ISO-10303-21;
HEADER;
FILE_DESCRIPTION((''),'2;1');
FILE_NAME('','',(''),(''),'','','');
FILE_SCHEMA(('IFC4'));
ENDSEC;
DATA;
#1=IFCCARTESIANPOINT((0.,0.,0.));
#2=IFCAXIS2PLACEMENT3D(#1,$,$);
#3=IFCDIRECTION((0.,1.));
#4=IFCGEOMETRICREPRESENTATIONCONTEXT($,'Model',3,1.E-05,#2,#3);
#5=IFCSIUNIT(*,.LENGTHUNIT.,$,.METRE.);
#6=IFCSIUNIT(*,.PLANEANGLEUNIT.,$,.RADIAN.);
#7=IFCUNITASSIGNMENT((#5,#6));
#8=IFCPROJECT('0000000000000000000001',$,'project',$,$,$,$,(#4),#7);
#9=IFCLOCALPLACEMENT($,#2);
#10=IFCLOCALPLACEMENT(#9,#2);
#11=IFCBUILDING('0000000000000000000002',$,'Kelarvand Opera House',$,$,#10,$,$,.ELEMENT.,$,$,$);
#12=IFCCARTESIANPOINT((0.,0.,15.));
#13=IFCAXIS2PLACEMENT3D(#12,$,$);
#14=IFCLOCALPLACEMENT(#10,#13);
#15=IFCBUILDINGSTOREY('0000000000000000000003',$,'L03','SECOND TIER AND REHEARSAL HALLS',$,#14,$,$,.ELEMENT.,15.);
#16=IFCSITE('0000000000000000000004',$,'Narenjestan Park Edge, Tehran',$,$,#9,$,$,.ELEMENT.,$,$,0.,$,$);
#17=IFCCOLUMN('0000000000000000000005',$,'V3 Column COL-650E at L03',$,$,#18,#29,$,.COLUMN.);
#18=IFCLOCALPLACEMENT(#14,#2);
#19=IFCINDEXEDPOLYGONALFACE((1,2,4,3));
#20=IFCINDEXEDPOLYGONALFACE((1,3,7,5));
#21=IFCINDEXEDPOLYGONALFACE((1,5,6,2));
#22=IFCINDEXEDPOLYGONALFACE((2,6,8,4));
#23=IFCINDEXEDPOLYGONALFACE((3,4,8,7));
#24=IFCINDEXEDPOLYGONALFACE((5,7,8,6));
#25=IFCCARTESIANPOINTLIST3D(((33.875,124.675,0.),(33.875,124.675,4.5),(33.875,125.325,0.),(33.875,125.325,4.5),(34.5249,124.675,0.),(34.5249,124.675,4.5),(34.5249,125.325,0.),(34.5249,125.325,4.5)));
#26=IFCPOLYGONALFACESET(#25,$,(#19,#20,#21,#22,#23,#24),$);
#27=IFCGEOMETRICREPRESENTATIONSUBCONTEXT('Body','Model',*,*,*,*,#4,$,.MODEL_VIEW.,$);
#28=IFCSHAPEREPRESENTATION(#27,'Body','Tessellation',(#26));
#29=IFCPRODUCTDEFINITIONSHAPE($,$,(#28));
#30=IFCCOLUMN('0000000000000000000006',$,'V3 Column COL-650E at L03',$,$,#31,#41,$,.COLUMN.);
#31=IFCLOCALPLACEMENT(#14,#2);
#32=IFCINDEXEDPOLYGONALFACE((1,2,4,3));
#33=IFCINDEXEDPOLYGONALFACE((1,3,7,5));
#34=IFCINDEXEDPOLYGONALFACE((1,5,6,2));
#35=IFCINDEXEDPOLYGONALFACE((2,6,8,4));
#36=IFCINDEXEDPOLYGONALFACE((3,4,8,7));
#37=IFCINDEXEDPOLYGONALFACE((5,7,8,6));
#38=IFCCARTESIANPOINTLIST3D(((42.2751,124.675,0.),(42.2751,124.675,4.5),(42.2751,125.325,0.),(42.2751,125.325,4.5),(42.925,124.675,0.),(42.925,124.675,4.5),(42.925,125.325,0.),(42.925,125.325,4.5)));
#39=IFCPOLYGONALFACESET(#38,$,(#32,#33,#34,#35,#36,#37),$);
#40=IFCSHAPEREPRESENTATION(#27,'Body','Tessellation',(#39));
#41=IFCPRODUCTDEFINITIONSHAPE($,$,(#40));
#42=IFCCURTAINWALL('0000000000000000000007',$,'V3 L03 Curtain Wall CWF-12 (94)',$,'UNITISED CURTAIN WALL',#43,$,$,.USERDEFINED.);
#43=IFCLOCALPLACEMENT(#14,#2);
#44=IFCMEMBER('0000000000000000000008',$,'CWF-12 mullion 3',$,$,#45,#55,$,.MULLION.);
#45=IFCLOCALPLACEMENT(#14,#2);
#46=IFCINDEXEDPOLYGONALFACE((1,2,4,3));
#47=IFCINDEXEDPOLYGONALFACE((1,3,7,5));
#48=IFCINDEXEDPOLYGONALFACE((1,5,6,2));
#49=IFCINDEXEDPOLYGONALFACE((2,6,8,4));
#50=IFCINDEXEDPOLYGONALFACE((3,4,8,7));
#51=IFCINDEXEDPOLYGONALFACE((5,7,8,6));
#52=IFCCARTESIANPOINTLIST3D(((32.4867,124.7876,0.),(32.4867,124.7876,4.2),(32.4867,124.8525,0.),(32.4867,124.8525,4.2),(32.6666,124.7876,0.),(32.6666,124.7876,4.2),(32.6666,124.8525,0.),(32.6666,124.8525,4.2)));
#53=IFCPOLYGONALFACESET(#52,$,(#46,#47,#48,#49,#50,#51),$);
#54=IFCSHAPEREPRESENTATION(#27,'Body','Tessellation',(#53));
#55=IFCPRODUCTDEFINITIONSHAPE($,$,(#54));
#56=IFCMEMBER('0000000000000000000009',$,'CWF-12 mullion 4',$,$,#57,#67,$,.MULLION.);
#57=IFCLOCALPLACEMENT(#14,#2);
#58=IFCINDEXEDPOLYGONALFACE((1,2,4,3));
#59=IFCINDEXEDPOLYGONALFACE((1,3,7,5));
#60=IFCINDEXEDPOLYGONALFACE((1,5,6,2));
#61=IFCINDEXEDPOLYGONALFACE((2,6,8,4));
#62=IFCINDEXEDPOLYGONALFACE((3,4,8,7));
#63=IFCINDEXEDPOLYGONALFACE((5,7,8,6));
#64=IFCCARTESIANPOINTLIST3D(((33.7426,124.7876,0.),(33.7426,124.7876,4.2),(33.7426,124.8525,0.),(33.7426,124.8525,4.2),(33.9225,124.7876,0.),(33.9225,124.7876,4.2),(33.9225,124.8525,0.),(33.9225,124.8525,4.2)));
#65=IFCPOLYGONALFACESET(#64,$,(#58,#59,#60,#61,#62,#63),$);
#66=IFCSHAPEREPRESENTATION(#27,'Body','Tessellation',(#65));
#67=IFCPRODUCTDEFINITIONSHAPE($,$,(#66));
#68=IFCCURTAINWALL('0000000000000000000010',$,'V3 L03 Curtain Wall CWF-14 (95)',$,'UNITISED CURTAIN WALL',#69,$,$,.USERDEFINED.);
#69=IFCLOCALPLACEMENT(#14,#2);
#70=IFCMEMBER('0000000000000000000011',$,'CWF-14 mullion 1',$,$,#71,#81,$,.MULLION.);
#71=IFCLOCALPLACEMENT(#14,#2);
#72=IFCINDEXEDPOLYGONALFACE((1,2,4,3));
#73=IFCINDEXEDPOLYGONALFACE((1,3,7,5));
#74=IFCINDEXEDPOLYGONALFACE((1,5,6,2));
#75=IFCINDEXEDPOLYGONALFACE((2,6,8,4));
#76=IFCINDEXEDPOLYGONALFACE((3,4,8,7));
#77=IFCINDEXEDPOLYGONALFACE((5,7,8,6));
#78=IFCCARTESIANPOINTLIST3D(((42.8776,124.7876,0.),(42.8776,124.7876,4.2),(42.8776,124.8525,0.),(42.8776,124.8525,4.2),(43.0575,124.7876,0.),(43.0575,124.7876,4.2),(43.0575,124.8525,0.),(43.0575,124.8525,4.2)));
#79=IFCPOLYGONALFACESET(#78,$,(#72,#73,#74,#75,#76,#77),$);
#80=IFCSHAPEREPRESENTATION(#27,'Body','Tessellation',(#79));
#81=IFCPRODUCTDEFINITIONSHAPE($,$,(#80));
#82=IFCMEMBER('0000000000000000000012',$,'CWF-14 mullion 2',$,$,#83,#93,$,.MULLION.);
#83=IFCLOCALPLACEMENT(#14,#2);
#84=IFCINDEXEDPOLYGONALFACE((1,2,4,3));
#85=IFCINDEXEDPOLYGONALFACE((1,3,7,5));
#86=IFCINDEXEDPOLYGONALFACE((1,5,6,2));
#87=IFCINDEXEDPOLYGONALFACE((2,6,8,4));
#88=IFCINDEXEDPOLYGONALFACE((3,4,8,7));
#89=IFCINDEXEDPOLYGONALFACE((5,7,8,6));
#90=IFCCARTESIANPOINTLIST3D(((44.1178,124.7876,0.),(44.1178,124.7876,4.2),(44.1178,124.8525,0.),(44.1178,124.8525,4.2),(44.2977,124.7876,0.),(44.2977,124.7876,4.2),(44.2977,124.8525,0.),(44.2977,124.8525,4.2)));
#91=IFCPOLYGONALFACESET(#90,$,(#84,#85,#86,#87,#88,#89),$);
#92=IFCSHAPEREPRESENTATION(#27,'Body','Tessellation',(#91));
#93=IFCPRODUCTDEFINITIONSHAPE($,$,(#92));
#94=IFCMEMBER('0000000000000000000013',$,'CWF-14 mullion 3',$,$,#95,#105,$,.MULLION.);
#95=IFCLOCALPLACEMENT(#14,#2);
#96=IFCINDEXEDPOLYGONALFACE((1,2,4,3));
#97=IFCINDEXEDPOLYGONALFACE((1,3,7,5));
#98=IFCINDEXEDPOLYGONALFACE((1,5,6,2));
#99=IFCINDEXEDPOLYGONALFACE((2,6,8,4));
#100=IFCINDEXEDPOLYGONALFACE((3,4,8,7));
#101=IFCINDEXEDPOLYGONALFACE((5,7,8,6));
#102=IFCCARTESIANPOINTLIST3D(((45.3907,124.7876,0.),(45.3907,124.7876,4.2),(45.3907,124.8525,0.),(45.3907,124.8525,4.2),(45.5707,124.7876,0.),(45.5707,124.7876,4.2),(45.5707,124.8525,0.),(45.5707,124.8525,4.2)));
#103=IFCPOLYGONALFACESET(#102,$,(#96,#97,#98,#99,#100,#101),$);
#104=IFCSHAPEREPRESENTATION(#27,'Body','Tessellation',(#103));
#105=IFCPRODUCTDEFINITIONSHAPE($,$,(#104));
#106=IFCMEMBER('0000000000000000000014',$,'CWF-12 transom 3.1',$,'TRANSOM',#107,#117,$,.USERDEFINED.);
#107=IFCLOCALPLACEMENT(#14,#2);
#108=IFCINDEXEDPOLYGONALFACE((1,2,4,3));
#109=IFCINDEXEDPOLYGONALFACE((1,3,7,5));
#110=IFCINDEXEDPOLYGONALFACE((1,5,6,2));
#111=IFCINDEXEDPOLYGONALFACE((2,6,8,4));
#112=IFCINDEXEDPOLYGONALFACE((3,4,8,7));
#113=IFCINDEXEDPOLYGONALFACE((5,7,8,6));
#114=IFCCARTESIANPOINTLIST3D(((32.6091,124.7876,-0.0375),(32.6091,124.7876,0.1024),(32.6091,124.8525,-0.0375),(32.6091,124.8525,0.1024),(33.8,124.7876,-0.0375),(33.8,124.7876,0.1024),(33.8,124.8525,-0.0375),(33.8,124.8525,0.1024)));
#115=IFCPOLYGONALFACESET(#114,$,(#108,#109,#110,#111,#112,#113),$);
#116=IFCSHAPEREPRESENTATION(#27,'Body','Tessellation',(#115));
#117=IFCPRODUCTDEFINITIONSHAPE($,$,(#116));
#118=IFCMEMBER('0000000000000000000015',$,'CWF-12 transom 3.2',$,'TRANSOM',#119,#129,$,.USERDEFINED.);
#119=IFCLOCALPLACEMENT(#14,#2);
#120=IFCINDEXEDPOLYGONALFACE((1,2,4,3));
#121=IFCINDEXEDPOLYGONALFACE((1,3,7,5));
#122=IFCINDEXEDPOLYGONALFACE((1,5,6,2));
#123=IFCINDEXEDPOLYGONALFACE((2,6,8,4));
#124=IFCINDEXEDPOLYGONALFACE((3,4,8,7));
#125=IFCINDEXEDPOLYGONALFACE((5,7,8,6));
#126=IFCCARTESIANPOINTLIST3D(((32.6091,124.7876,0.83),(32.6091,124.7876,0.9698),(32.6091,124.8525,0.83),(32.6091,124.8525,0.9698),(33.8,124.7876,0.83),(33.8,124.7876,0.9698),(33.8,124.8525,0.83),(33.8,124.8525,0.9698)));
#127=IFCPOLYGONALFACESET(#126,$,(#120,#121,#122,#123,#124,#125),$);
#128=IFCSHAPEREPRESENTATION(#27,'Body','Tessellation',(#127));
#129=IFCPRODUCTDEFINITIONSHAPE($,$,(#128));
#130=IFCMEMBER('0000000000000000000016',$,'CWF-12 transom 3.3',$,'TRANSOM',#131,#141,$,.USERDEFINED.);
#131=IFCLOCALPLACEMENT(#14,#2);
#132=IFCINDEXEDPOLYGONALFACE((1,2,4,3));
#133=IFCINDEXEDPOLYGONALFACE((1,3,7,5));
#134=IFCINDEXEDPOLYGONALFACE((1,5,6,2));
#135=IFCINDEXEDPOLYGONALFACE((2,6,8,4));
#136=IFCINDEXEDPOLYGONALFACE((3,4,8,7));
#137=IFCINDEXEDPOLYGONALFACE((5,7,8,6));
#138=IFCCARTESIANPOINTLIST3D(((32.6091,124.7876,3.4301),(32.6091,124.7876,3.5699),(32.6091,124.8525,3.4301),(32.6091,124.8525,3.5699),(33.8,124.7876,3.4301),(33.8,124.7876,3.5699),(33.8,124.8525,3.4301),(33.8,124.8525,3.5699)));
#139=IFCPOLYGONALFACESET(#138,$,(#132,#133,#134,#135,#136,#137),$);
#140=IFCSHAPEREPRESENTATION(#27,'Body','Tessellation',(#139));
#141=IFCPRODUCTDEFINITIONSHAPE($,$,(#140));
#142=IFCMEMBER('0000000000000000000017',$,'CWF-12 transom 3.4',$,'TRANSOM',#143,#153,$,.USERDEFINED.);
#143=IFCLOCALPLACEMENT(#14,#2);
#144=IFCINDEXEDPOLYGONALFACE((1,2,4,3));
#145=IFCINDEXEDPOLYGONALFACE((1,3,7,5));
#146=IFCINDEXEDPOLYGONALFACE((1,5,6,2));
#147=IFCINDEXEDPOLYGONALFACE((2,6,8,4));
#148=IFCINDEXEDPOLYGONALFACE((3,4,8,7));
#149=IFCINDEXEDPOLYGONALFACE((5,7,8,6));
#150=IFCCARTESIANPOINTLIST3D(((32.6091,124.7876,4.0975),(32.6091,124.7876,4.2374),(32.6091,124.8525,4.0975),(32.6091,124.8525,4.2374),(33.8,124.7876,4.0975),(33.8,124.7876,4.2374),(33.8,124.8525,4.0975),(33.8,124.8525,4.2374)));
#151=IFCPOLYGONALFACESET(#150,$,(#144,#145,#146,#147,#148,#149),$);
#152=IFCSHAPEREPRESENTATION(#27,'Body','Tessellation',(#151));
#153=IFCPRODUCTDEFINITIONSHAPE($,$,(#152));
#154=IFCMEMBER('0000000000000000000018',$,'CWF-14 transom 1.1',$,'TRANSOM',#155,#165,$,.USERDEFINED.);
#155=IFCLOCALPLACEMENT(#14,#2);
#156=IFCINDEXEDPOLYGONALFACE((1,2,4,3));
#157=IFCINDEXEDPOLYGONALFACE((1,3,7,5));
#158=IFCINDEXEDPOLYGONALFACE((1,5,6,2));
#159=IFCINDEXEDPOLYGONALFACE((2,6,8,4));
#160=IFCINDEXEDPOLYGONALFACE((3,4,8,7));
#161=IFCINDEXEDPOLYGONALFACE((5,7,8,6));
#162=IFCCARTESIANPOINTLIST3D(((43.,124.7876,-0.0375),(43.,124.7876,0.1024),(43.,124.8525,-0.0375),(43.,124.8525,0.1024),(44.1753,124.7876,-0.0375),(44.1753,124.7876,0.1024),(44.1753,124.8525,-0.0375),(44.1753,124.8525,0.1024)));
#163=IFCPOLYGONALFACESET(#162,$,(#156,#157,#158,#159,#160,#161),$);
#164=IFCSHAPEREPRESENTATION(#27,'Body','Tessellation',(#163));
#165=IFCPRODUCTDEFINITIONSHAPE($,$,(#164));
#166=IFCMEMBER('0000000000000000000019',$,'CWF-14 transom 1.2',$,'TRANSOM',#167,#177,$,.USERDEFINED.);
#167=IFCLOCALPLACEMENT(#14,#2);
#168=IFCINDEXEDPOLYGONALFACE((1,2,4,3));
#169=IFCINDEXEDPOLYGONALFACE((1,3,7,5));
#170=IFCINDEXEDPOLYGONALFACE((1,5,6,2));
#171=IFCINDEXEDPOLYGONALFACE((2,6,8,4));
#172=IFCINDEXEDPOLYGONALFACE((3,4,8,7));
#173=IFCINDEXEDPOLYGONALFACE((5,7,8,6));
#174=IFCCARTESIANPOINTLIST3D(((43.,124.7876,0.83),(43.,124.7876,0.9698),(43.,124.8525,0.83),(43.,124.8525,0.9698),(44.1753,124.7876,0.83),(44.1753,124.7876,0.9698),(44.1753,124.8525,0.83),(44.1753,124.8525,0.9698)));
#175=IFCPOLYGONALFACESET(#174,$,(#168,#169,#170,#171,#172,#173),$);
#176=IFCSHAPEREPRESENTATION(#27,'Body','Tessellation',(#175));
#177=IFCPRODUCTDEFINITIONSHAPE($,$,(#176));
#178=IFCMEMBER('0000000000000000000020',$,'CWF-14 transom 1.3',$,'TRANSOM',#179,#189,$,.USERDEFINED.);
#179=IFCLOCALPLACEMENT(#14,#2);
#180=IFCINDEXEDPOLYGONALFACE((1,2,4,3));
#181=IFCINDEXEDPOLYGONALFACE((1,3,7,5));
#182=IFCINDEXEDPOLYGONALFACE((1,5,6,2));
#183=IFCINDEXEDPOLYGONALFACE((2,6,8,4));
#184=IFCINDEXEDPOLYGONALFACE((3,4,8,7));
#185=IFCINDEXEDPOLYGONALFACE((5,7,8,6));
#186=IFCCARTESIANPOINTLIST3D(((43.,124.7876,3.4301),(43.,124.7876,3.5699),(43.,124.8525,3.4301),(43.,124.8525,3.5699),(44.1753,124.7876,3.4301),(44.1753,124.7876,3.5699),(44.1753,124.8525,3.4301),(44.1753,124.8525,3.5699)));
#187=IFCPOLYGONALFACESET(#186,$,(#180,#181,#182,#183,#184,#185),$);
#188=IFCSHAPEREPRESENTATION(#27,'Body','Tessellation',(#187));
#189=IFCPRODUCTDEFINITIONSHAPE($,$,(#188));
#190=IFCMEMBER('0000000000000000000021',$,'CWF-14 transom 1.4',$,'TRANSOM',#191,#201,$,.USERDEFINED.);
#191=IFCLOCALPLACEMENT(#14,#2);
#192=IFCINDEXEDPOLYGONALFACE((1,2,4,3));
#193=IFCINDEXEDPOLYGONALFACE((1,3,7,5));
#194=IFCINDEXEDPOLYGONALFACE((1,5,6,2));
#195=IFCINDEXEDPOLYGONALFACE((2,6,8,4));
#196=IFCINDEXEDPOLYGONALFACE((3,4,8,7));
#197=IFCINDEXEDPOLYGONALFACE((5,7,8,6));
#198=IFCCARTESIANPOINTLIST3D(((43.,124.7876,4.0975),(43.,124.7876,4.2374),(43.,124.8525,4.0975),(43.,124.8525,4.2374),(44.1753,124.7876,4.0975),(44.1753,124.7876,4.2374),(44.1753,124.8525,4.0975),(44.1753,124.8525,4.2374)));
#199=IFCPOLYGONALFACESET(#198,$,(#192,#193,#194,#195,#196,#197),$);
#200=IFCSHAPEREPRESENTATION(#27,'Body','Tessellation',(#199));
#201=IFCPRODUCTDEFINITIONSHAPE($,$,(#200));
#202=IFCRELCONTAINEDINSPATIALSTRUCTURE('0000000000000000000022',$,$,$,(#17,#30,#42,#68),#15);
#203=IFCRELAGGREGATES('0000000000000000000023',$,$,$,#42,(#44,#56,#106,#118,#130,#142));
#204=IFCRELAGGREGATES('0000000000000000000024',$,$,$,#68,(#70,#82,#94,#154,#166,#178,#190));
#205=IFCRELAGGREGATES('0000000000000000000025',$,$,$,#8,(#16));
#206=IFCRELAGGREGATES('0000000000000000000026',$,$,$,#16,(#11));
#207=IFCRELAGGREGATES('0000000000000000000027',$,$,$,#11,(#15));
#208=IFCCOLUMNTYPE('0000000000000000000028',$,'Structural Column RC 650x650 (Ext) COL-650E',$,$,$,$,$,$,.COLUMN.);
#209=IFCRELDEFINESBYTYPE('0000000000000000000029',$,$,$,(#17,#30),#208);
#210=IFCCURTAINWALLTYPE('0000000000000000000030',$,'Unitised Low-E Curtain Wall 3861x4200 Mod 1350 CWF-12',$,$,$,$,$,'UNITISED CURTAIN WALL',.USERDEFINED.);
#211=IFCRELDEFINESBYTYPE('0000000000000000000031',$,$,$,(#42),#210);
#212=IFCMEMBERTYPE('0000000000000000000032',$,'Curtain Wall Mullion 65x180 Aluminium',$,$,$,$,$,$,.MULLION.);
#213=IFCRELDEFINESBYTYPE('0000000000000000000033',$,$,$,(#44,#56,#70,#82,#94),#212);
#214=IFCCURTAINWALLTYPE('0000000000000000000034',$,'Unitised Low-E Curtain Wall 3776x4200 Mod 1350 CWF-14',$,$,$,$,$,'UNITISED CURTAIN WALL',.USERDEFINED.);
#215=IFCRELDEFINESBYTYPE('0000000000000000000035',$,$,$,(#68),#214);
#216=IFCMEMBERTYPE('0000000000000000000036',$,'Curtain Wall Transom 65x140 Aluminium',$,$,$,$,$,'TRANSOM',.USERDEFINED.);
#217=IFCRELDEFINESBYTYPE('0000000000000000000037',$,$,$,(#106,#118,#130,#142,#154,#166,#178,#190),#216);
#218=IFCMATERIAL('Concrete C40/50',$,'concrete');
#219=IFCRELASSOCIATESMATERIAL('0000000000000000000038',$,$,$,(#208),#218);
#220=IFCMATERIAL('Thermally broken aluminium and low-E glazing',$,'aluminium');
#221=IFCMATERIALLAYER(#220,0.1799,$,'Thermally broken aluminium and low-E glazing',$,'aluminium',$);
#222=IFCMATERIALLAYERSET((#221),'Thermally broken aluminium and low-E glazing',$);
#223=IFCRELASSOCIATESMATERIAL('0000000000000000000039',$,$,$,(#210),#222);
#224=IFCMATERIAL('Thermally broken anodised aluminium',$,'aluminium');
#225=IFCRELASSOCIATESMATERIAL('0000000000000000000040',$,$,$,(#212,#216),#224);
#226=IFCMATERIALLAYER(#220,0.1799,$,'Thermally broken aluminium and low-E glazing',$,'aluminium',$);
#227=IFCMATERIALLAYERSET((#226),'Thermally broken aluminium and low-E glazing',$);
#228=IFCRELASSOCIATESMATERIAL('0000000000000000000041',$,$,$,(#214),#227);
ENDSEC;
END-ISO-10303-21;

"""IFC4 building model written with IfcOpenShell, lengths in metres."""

from ifc_helpers import new_model, si_unit, direction, frame, origin, origin_2d, place, context, subcontext, project, spatial, rectangle, extrude, material, layer, layer_set, material_profile, profile_set, type_object, element, aggregate, save


model = new_model("IFC4")

# Units and contexts
model_context = context("Model", 3, precision=1e-05, world=origin(), true_north=direction((0.0, 1.0)))
body_context = subcontext(model_context, "Body", "Model", "MODEL_VIEW")
ifc_project = project(units=[si_unit("LENGTHUNIT", "METRE"), si_unit("PLANEANGLEUNIT", "RADIAN")], contexts=[model_context])

# Site, building, storey
site_placement = place(None, origin())
site = spatial("IfcSite", under=ifc_project, at=site_placement, Name="Narenjestan Park Edge, Tehran", CompositionType="ELEMENT", RefElevation=0.0)
building_placement = place(site_placement, origin())
building = spatial("IfcBuilding", under=site, at=building_placement, Name="Kelarvand Opera House", CompositionType="ELEMENT")
storey_placement = place(building_placement, frame((0.0, 0.0, 15.0)))
storey = spatial("IfcBuildingStorey", under=building, at=storey_placement, Name="L03", Description="SECOND TIER AND REHEARSAL HALLS", CompositionType="ELEMENT", Elevation=15.0)

# Columns
ifc_material_1 = material(Name="Concrete C40/50", Category="concrete")
ifc_material_profile_1 = material_profile(ifc_material_1, rectangle(XDim=0.6499, YDim=0.6499, at=origin_2d()), Name="RC 650x650", Category="concrete")
ifc_profile_set_1 = profile_set([ifc_material_profile_1], Name="Concrete C40/50")
column_type = type_object("IfcColumnType", Name="Structural Column RC 650x650 (Ext) COL-650E", PredefinedType="COLUMN", material=ifc_profile_set_1)
for number, where, z_axis, x_axis, name in (
    (1, (34.2, 125.0, 0.0), (0.0, 0.0, 1.0), (1.0, 0.0, 0.0), "V3 Column COL-650E at L03"),
    (2, (42.6001, 125.0, 0.0), (0.0, 0.0, 1.0), (1.0, 0.0, 0.0), "V3 Column COL-650E at L03"),
):
    element("IfcColumn", number, at=place(storey_placement, frame(where, z_axis=z_axis, x_axis=x_axis)), inside=storey, type_object=column_type, Name=name, PredefinedType="COLUMN", context=body_context, shape_type="SweptSolid", body=[
        extrude(rectangle(XDim=0.6499, YDim=0.6499, at=origin_2d()), origin(), (0.0, 0.0, 1.0), 4.5),
    ])

# Curtain walls, members
ifc_material_2 = material(Name="Thermally broken aluminium and low-E glazing", Category="aluminium")
ifc_layer_1 = layer(ifc_material_2, 0.1799, Name="Thermally broken aluminium and low-E glazing", Category="aluminium")
ifc_layer_set_1 = layer_set([ifc_layer_1], Name="Thermally broken aluminium and low-E glazing")
curtain_wall_type_1 = type_object("IfcCurtainWallType", Name="Unitised Low-E Curtain Wall 3861x4200 Mod 1350 CWF-12", ElementType="UNITISED CURTAIN WALL", PredefinedType="USERDEFINED", material=ifc_layer_set_1)
curtain_wall_1_placement = place(storey_placement, origin())
curtain_wall_1 = element("IfcCurtainWall", 3, at=curtain_wall_1_placement, inside=storey, type_object=curtain_wall_type_1, Name="V3 L03 Curtain Wall CWF-12 (94)", ObjectType="UNITISED CURTAIN WALL", PredefinedType="USERDEFINED")
ifc_material_3 = material(Name="Thermally broken anodised aluminium", Category="aluminium")
ifc_material_profile_2 = material_profile(ifc_material_3, rectangle(XDim=0.0649, YDim=0.1799, at=origin_2d()), Name="ALU MULLION 65x180", Category="aluminium")
ifc_profile_set_2 = profile_set([ifc_material_profile_2], Name="Thermally broken anodised aluminium")
member_type_1 = type_object("IfcMemberType", Name="Curtain Wall Mullion 65x180 Aluminium", PredefinedType="MULLION", material=ifc_profile_set_2)
member_1_placement = place(storey_placement, frame((32.5767, 124.8201, 0.0), z_axis=(0.0, 0.0, 1.0), x_axis=(0.0, 1.0, 0.0)))
member_1 = element("IfcMember", 4, at=member_1_placement, type_object=member_type_1, Name="CWF-12 mullion 3", PredefinedType="MULLION", context=body_context, shape_type="SweptSolid", body=[
    extrude(rectangle(XDim=0.0649, YDim=0.1799, at=origin_2d()), origin(), (0.0, 0.0, 1.0), 4.2),
])
member_2_placement = place(storey_placement, frame((33.8325, 124.8201, 0.0), z_axis=(0.0, 0.0, 1.0), x_axis=(0.0, 1.0, 0.0)))
member_2 = element("IfcMember", 5, at=member_2_placement, type_object=member_type_1, Name="CWF-12 mullion 4", PredefinedType="MULLION", context=body_context, shape_type="SweptSolid", body=[
    extrude(rectangle(XDim=0.0649, YDim=0.1799, at=origin_2d()), origin(), (0.0, 0.0, 1.0), 4.2),
])
ifc_layer_2 = layer(ifc_material_2, 0.1799, Name="Thermally broken aluminium and low-E glazing", Category="aluminium")
ifc_layer_set_2 = layer_set([ifc_layer_2], Name="Thermally broken aluminium and low-E glazing")
curtain_wall_type_2 = type_object("IfcCurtainWallType", Name="Unitised Low-E Curtain Wall 3776x4200 Mod 1350 CWF-14", ElementType="UNITISED CURTAIN WALL", PredefinedType="USERDEFINED", material=ifc_layer_set_2)
curtain_wall_2_placement = place(storey_placement, origin())
curtain_wall_2 = element("IfcCurtainWall", 6, at=curtain_wall_2_placement, inside=storey, type_object=curtain_wall_type_2, Name="V3 L03 Curtain Wall CWF-14 (95)", ObjectType="UNITISED CURTAIN WALL", PredefinedType="USERDEFINED")
member_3_placement = place(storey_placement, frame((42.9675, 124.8201, 0.0), z_axis=(0.0, 0.0, 1.0), x_axis=(0.0, 1.0, 0.0)))
member_3 = element("IfcMember", 7, at=member_3_placement, type_object=member_type_1, Name="CWF-14 mullion 1", PredefinedType="MULLION", context=body_context, shape_type="SweptSolid", body=[
    extrude(rectangle(XDim=0.0649, YDim=0.1799, at=origin_2d()), origin(), (0.0, 0.0, 1.0), 4.2),
])
member_4_placement = place(storey_placement, frame((44.2078, 124.8201, 0.0), z_axis=(0.0, 0.0, 1.0), x_axis=(0.0, 1.0, 0.0)))
member_4 = element("IfcMember", 8, at=member_4_placement, type_object=member_type_1, Name="CWF-14 mullion 2", PredefinedType="MULLION", context=body_context, shape_type="SweptSolid", body=[
    extrude(rectangle(XDim=0.0649, YDim=0.1799, at=origin_2d()), origin(), (0.0, 0.0, 1.0), 4.2),
])
member_5_placement = place(storey_placement, frame((45.4807, 124.8201, 0.0), z_axis=(0.0, 0.0, 1.0), x_axis=(0.0, 1.0, 0.0)))
member_5 = element("IfcMember", 9, at=member_5_placement, type_object=member_type_1, Name="CWF-14 mullion 3", PredefinedType="MULLION", context=body_context, shape_type="SweptSolid", body=[
    extrude(rectangle(XDim=0.0649, YDim=0.1799, at=origin_2d()), origin(), (0.0, 0.0, 1.0), 4.2),
])

# Members
ifc_material_profile_3 = material_profile(ifc_material_3, rectangle(XDim=0.0649, YDim=0.1399, at=origin_2d()), Name="ALU TRANSOM 65x140", Category="aluminium")
ifc_profile_set_3 = profile_set([ifc_material_profile_3], Name="Thermally broken anodised aluminium")
member_type_2 = type_object("IfcMemberType", Name="Curtain Wall Transom 65x140 Aluminium", ElementType="TRANSOM", PredefinedType="USERDEFINED", material=ifc_profile_set_3)
member_6_placement = place(storey_placement, frame((32.6091, 124.8201, 0.0325), z_axis=(1.0, 0.0, 0.0), x_axis=(0.0, 1.0, 0.0)))
member_6 = element("IfcMember", 10, at=member_6_placement, type_object=member_type_2, Name="CWF-12 transom 3.1", ObjectType="TRANSOM", PredefinedType="USERDEFINED", context=body_context, shape_type="SweptSolid", body=[
    extrude(rectangle(XDim=0.0649, YDim=0.1399, at=origin_2d()), origin(), (0.0, 0.0, 1.0), 1.1909),
])
member_7_placement = place(storey_placement, frame((32.6091, 124.8201, 0.8999), z_axis=(1.0, 0.0, 0.0), x_axis=(0.0, 1.0, 0.0)))
member_7 = element("IfcMember", 11, at=member_7_placement, type_object=member_type_2, Name="CWF-12 transom 3.2", ObjectType="TRANSOM", PredefinedType="USERDEFINED", context=body_context, shape_type="SweptSolid", body=[
    extrude(rectangle(XDim=0.0649, YDim=0.1399, at=origin_2d()), origin(), (0.0, 0.0, 1.0), 1.1909),
])
member_8_placement = place(storey_placement, frame((32.6091, 124.8201, 3.5), z_axis=(1.0, 0.0, 0.0), x_axis=(0.0, 1.0, 0.0)))
member_8 = element("IfcMember", 12, at=member_8_placement, type_object=member_type_2, Name="CWF-12 transom 3.3", ObjectType="TRANSOM", PredefinedType="USERDEFINED", context=body_context, shape_type="SweptSolid", body=[
    extrude(rectangle(XDim=0.0649, YDim=0.1399, at=origin_2d()), origin(), (0.0, 0.0, 1.0), 1.1909),
])
member_9_placement = place(storey_placement, frame((32.6091, 124.8201, 4.1675), z_axis=(1.0, 0.0, 0.0), x_axis=(0.0, 1.0, 0.0)))
member_9 = element("IfcMember", 13, at=member_9_placement, type_object=member_type_2, Name="CWF-12 transom 3.4", ObjectType="TRANSOM", PredefinedType="USERDEFINED", context=body_context, shape_type="SweptSolid", body=[
    extrude(rectangle(XDim=0.0649, YDim=0.1399, at=origin_2d()), origin(), (0.0, 0.0, 1.0), 1.1909),
])
member_10_placement = place(storey_placement, frame((43.0, 124.8201, 0.0325), z_axis=(1.0, 0.0, 0.0), x_axis=(0.0, 1.0, 0.0)))
member_10 = element("IfcMember", 14, at=member_10_placement, type_object=member_type_2, Name="CWF-14 transom 1.1", ObjectType="TRANSOM", PredefinedType="USERDEFINED", context=body_context, shape_type="SweptSolid", body=[
    extrude(rectangle(XDim=0.0649, YDim=0.1399, at=origin_2d()), origin(), (0.0, 0.0, 1.0), 1.1753),
])
member_11_placement = place(storey_placement, frame((43.0, 124.8201, 0.8999), z_axis=(1.0, 0.0, 0.0), x_axis=(0.0, 1.0, 0.0)))
member_11 = element("IfcMember", 15, at=member_11_placement, type_object=member_type_2, Name="CWF-14 transom 1.2", ObjectType="TRANSOM", PredefinedType="USERDEFINED", context=body_context, shape_type="SweptSolid", body=[
    extrude(rectangle(XDim=0.0649, YDim=0.1399, at=origin_2d()), origin(), (0.0, 0.0, 1.0), 1.1753),
])
member_12_placement = place(storey_placement, frame((43.0, 124.8201, 3.5), z_axis=(1.0, 0.0, 0.0), x_axis=(0.0, 1.0, 0.0)))
member_12 = element("IfcMember", 16, at=member_12_placement, type_object=member_type_2, Name="CWF-14 transom 1.3", ObjectType="TRANSOM", PredefinedType="USERDEFINED", context=body_context, shape_type="SweptSolid", body=[
    extrude(rectangle(XDim=0.0649, YDim=0.1399, at=origin_2d()), origin(), (0.0, 0.0, 1.0), 1.1753),
])
member_13_placement = place(storey_placement, frame((43.0, 124.8201, 4.1675), z_axis=(1.0, 0.0, 0.0), x_axis=(0.0, 1.0, 0.0)))
member_13 = element("IfcMember", 17, at=member_13_placement, type_object=member_type_2, Name="CWF-14 transom 1.4", ObjectType="TRANSOM", PredefinedType="USERDEFINED", context=body_context, shape_type="SweptSolid", body=[
    extrude(rectangle(XDim=0.0649, YDim=0.1399, at=origin_2d()), origin(), (0.0, 0.0, 1.0), 1.1753),
])

aggregate(curtain_wall_1, [member_1, member_2, member_6, member_7, member_8, member_9])
aggregate(curtain_wall_2, [member_3, member_4, member_5, member_10, member_11, member_12, member_13])

save(model, "model.ifc")
